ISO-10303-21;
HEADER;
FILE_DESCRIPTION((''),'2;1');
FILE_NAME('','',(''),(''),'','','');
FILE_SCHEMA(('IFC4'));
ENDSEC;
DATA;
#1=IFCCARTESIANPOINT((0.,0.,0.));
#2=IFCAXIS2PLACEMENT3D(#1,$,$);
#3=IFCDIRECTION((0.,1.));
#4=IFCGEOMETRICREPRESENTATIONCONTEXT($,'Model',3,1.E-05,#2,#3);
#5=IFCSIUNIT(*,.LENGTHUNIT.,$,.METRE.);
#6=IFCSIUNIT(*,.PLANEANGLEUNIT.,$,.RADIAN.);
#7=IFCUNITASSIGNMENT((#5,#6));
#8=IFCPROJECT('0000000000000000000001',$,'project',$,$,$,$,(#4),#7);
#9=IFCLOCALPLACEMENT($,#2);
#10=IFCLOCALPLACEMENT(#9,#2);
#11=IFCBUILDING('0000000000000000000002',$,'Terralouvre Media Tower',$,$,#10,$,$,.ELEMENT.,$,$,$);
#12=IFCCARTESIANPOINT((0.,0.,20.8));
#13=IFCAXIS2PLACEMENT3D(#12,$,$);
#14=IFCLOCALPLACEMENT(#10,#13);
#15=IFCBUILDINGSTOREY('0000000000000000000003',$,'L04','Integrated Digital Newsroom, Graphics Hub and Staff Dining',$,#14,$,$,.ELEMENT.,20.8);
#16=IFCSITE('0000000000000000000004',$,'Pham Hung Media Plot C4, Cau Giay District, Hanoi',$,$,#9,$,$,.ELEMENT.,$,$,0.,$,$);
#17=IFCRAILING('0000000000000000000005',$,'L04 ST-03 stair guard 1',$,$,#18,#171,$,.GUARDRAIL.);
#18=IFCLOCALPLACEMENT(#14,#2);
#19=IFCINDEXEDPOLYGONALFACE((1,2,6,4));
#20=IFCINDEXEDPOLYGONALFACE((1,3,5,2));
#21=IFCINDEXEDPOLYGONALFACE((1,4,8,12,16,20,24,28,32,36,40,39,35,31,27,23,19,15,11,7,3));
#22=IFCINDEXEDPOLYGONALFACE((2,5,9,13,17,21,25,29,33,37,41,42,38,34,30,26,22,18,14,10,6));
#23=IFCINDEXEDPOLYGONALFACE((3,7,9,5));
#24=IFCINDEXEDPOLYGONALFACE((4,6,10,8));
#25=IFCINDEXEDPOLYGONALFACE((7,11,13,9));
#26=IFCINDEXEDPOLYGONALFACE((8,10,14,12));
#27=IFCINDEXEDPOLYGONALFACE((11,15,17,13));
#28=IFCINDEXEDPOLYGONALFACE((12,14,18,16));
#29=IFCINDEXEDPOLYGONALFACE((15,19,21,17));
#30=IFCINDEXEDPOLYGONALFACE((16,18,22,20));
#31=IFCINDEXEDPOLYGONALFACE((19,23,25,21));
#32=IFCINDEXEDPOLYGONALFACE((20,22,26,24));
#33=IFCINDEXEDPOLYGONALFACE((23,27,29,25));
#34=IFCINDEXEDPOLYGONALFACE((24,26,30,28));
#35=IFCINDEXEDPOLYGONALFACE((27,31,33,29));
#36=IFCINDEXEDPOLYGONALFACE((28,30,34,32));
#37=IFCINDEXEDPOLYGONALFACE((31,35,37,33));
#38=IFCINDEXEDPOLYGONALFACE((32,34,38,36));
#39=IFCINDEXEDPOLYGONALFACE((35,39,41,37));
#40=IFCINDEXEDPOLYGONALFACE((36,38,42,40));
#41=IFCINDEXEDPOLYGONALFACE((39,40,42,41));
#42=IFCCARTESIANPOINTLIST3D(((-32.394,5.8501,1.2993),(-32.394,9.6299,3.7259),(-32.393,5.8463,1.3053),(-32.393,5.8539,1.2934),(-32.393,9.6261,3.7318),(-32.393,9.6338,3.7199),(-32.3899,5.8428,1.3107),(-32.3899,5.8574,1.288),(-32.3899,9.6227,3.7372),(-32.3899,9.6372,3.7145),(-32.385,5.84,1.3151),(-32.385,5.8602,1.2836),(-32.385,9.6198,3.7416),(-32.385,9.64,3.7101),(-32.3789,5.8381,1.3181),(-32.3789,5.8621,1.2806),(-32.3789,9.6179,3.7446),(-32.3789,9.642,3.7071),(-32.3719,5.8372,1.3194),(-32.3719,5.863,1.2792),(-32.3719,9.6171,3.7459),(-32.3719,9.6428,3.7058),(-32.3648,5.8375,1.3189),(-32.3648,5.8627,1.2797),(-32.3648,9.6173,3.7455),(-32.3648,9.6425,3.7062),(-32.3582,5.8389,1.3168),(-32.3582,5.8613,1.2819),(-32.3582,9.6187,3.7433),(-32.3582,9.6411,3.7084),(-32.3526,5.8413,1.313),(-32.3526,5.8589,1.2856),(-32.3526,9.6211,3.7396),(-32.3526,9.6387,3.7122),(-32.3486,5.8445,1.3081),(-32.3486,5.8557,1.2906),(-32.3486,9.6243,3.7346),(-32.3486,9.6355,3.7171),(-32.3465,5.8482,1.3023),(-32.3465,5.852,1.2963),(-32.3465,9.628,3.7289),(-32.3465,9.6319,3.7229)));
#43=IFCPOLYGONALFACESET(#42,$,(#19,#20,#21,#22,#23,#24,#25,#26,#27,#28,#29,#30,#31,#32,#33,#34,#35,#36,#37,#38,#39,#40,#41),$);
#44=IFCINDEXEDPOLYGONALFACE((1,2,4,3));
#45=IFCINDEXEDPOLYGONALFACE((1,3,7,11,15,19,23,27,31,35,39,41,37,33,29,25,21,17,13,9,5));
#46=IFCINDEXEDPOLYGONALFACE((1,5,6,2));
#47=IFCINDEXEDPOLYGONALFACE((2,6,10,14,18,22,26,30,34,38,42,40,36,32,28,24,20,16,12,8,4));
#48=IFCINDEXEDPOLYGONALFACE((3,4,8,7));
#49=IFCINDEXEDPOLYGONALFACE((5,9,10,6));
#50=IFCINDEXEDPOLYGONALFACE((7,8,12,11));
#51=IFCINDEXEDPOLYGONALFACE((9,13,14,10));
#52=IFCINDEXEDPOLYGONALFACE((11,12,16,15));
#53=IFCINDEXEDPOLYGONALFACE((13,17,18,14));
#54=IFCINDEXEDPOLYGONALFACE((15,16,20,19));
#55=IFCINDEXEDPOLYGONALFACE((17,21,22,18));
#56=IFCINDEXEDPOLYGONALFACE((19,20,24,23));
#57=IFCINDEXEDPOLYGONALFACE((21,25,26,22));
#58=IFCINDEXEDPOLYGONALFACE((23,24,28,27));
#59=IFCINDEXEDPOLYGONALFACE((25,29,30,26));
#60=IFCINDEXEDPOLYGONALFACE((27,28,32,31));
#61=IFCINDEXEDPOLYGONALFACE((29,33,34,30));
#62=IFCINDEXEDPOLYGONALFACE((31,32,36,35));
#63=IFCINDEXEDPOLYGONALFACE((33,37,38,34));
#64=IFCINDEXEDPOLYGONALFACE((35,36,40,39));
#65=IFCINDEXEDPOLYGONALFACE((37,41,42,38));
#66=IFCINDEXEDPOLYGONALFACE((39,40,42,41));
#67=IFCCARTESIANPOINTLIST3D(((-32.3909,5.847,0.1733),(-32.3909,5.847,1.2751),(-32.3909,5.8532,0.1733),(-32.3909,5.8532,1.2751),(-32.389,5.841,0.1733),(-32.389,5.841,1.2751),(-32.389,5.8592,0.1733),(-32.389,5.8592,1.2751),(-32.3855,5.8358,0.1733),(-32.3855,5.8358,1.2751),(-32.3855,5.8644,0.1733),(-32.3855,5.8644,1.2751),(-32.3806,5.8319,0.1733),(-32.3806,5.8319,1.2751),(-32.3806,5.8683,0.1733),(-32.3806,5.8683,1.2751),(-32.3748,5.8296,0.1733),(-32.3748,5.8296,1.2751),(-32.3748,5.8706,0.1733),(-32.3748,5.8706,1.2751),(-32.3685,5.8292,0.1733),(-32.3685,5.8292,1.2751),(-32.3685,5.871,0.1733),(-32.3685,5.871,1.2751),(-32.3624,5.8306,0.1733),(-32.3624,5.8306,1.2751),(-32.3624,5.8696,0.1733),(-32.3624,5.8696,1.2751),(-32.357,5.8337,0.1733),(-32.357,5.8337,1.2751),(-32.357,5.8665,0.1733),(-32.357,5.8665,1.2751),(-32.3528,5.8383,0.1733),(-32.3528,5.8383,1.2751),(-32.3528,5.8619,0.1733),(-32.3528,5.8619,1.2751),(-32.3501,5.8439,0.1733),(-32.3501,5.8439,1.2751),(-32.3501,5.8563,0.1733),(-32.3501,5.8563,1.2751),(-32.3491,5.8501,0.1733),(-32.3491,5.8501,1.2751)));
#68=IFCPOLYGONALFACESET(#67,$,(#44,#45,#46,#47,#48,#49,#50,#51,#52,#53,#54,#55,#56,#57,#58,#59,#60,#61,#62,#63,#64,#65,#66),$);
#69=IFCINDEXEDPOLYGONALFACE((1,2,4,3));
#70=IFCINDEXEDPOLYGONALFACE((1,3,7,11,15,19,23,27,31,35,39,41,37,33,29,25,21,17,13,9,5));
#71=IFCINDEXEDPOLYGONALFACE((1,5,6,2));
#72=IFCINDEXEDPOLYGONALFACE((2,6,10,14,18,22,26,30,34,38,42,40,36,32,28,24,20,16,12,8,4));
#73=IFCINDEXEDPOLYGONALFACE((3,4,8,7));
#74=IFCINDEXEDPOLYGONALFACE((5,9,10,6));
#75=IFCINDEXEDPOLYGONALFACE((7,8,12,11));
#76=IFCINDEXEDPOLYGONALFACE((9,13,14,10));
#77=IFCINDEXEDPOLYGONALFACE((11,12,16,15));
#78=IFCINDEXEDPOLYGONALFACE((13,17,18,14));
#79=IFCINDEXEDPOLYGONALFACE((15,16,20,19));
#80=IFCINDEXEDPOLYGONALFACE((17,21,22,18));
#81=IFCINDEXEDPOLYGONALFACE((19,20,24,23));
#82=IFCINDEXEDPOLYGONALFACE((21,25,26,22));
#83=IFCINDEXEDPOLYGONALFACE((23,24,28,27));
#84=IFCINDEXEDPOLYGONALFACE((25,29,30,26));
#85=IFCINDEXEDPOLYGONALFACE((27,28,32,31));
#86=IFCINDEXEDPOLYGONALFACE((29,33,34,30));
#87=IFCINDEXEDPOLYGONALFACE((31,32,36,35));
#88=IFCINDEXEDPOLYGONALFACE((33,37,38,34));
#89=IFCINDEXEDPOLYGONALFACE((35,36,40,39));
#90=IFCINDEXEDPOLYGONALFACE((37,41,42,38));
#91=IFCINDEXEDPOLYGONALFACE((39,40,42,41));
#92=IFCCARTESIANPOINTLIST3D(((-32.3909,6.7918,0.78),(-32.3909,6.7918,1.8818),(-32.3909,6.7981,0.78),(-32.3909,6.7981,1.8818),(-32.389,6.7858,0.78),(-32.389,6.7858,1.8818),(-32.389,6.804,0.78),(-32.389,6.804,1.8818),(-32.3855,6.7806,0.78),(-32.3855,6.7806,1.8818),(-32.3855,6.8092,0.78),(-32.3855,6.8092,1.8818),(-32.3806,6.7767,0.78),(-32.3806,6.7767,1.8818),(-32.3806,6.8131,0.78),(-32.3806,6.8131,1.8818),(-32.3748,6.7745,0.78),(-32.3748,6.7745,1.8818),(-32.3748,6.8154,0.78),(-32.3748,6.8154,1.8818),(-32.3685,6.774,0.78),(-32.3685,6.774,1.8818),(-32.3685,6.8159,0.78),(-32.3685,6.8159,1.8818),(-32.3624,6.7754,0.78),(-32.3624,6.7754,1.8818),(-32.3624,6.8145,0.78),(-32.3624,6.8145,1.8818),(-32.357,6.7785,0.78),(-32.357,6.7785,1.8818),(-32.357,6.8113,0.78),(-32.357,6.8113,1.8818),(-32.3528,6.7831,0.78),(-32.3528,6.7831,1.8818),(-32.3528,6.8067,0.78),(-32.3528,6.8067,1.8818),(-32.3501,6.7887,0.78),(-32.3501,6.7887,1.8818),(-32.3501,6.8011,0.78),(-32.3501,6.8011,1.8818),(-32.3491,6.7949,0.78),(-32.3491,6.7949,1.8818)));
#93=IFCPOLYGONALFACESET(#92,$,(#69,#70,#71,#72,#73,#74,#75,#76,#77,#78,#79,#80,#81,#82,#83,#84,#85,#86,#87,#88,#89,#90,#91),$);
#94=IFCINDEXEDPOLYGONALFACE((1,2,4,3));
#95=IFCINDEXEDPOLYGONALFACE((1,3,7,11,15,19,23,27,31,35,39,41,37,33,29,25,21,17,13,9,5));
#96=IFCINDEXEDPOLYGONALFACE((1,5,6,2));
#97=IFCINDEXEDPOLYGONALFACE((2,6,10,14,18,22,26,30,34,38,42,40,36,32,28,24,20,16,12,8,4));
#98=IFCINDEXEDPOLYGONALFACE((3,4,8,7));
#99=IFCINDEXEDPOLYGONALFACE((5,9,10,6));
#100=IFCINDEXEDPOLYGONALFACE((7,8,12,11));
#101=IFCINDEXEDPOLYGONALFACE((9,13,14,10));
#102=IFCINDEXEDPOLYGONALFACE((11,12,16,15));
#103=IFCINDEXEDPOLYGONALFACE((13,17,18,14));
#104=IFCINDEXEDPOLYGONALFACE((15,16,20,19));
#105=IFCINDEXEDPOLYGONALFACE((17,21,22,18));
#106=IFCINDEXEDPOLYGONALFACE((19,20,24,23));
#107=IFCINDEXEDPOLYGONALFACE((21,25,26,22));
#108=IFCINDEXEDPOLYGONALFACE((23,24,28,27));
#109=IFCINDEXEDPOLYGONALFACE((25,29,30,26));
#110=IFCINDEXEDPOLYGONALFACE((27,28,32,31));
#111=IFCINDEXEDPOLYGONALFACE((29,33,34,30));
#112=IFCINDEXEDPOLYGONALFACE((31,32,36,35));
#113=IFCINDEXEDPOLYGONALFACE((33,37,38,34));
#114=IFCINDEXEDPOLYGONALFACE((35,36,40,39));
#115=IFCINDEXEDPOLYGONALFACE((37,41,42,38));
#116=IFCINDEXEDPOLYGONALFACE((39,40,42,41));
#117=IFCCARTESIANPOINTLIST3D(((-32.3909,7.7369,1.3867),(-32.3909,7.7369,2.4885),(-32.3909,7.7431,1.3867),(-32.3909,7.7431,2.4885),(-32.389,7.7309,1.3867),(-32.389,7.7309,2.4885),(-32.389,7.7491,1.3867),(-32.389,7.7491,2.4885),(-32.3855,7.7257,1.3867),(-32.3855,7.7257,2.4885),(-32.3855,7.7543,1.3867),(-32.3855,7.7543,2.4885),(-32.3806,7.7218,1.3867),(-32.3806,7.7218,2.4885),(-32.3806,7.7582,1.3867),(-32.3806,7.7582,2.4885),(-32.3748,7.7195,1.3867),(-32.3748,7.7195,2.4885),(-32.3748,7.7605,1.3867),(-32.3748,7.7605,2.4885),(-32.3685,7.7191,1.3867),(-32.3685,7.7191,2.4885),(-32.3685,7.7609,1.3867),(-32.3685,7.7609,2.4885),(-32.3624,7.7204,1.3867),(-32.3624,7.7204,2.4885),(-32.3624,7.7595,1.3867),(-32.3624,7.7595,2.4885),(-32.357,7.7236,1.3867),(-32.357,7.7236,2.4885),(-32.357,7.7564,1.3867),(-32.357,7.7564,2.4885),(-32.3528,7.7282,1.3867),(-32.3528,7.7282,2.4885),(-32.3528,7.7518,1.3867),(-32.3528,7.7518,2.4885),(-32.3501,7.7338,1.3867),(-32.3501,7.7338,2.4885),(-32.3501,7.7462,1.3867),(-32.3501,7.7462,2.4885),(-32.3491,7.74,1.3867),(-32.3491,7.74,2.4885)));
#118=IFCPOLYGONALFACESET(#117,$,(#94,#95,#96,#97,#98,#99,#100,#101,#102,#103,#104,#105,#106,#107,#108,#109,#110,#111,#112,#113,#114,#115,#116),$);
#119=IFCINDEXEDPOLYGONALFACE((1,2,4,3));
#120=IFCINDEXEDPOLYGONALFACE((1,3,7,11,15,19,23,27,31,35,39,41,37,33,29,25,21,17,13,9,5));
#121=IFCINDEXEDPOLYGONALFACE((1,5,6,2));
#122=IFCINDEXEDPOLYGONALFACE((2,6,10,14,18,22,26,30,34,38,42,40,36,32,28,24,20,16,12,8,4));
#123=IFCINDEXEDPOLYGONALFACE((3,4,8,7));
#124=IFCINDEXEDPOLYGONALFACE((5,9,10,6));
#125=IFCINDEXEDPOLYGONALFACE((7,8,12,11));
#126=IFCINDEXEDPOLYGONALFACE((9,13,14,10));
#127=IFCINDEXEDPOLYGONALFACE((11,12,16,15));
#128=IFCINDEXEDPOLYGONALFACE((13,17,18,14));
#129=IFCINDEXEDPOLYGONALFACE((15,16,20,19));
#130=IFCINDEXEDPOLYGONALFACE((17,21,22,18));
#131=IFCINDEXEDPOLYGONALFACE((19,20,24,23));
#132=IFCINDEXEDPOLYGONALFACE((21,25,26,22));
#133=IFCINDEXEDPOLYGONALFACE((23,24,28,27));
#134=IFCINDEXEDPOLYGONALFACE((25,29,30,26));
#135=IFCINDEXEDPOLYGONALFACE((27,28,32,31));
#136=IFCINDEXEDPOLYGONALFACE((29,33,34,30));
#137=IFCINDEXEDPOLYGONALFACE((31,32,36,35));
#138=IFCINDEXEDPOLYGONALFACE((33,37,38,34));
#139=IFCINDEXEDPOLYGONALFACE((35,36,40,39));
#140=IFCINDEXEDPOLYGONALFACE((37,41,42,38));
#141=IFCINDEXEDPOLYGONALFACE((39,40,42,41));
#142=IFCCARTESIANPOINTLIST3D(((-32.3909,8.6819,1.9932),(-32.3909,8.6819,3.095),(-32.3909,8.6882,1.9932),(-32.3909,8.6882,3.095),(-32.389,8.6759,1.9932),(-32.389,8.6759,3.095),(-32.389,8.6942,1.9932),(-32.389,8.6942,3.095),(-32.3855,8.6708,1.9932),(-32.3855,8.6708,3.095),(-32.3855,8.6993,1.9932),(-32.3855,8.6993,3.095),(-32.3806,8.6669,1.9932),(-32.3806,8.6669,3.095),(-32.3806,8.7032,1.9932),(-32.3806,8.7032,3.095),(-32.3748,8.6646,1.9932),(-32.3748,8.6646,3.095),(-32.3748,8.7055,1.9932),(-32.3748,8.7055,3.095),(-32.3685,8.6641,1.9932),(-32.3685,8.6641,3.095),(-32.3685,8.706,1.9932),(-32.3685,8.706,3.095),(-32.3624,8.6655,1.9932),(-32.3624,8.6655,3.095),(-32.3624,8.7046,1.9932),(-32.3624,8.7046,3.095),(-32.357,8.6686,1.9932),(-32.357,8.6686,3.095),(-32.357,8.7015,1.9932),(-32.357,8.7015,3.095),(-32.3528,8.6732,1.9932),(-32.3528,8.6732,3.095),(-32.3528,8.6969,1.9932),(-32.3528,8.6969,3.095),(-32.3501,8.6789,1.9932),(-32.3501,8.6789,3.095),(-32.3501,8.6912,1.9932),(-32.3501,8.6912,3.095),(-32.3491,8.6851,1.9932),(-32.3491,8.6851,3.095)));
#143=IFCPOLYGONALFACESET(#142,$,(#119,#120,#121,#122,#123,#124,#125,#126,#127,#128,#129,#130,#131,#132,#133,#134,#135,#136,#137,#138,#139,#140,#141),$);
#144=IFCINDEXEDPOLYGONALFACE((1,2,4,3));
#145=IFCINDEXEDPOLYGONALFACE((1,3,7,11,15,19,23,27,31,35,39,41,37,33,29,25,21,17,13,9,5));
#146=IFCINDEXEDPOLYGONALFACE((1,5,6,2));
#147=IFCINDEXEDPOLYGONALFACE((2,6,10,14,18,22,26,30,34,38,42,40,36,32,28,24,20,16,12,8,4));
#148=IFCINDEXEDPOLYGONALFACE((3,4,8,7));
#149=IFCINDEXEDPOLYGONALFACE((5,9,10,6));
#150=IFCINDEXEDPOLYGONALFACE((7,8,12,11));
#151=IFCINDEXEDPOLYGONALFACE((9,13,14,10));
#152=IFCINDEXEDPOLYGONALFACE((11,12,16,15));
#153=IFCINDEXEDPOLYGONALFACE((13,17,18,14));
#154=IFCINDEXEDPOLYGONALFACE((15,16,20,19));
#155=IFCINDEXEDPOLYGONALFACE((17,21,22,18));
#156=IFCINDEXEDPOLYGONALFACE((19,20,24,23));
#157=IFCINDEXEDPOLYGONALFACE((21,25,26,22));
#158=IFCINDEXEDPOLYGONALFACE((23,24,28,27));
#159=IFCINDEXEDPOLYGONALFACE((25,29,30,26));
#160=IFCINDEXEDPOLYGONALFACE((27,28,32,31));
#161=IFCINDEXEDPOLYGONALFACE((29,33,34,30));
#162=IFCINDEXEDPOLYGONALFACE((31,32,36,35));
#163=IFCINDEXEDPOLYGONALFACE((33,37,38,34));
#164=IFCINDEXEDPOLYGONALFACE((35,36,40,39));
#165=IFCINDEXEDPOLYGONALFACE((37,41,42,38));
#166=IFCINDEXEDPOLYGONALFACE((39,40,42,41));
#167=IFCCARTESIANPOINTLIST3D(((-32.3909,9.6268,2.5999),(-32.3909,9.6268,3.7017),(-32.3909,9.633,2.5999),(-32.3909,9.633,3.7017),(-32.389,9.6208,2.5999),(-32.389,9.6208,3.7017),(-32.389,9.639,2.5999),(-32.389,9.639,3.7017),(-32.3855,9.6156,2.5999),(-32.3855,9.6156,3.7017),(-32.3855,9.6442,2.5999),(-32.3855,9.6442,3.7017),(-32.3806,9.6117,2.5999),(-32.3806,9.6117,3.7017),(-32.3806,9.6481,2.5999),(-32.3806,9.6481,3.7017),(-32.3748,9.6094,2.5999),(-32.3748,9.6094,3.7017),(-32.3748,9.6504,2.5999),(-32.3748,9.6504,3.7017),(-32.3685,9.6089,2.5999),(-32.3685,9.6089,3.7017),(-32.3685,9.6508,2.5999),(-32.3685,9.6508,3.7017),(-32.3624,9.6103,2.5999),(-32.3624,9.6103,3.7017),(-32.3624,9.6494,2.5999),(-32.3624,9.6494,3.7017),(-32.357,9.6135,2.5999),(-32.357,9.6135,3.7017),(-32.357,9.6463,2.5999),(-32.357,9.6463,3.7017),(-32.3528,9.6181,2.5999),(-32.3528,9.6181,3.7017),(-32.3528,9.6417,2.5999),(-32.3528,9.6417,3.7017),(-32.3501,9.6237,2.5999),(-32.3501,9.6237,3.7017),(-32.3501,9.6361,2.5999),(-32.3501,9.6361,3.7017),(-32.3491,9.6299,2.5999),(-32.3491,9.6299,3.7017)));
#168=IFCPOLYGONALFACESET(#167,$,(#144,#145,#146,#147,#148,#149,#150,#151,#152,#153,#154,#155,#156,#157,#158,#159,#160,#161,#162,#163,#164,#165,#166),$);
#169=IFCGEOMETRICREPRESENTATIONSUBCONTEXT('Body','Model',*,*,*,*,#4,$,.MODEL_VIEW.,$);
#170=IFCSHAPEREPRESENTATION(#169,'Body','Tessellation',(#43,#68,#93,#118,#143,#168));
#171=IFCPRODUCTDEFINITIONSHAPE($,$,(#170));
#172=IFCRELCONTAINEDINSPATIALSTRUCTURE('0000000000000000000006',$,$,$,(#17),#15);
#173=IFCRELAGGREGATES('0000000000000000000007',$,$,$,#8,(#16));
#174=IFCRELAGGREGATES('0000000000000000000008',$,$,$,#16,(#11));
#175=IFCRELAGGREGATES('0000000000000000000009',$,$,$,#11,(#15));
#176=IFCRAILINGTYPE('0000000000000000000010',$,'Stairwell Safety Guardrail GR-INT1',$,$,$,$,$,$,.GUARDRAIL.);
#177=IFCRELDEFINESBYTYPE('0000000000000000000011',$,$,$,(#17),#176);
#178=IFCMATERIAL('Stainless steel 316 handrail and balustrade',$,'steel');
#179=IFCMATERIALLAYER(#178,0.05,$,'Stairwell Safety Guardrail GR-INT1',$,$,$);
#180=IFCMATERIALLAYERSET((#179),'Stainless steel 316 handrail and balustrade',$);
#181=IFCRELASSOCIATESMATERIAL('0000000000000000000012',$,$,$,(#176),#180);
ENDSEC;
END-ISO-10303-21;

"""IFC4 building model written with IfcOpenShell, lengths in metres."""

from ifc_helpers import new_model, si_unit, direction, frame, origin, origin_2d, place, context, subcontext, project, spatial, circle, extrude, material, layer, layer_set, type_object, element, save


model = new_model("IFC4")

# Units and contexts
model_context = context("Model", 3, precision=1e-05, world=origin(), true_north=direction((0.0, 1.0)))
body_context = subcontext(model_context, "Body", "Model", "MODEL_VIEW")
ifc_project = project(units=[si_unit("LENGTHUNIT", "METRE"), si_unit("PLANEANGLEUNIT", "RADIAN")], contexts=[model_context])

# Site, building, storey
site_placement = place(None, origin())
site = spatial("IfcSite", under=ifc_project, at=site_placement, Name="Pham Hung Media Plot C4, Cau Giay District, Hanoi", CompositionType="ELEMENT", RefElevation=0.0)
building_placement = place(site_placement, origin())
building = spatial("IfcBuilding", under=site, at=building_placement, Name="Terralouvre Media Tower", CompositionType="ELEMENT")
storey_placement = place(building_placement, frame((0.0, 0.0, 20.8)))
storey = spatial("IfcBuildingStorey", under=building, at=storey_placement, Name="L04", Description="Integrated Digital Newsroom, Graphics Hub and Staff Dining", CompositionType="ELEMENT", Elevation=20.8)

# Railing
ifc_material_1 = material(Name="Stainless steel 316 handrail and balustrade", Category="steel")
ifc_layer_1 = layer(ifc_material_1, 0.05, Name="Stairwell Safety Guardrail GR-INT1")
ifc_layer_set_1 = layer_set([ifc_layer_1], Name="Stainless steel 316 handrail and balustrade")
railing_type_1 = type_object("IfcRailingType", Name="Stairwell Safety Guardrail GR-INT1", PredefinedType="GUARDRAIL", material=ifc_layer_set_1)
railing_1_placement = place(storey_placement, frame((-32.3701, 5.8501, 0.1733)))
element("IfcRailing", 1, at=railing_1_placement, inside=storey, type_object=railing_type_1, Name="L04 ST-03 stair guard 1", PredefinedType="GUARDRAIL", context=body_context, shape_type="SweptSolid", body=[
    extrude(circle(Radius=0.0239, at=origin_2d()), frame((0.0, 0.0, 1.126), z_axis=(0.0, 0.841517, 0.54023), x_axis=(-1.0, 0.0, 0.0)), (0.0, 0.0, 1.0), 4.4917),
    extrude(circle(Radius=0.021, at=origin_2d()), origin(), (0.0, 0.0, 1.0), 1.1018),
    extrude(circle(Radius=0.021, at=origin_2d()), frame((0.0, 0.9448, 0.6067)), (0.0, 0.0, 1.0), 1.1018),
    extrude(circle(Radius=0.021, at=origin_2d()), frame((0.0, 1.8899, 1.2134)), (0.0, 0.0, 1.0), 1.1018),
    extrude(circle(Radius=0.021, at=origin_2d()), frame((0.0, 2.835, 1.8198)), (0.0, 0.0, 1.0), 1.1018),
    extrude(circle(Radius=0.021, at=origin_2d()), frame((0.0, 3.7798, 2.4265)), (0.0, 0.0, 1.0), 1.1018),
])

save(model, "model.ifc")
